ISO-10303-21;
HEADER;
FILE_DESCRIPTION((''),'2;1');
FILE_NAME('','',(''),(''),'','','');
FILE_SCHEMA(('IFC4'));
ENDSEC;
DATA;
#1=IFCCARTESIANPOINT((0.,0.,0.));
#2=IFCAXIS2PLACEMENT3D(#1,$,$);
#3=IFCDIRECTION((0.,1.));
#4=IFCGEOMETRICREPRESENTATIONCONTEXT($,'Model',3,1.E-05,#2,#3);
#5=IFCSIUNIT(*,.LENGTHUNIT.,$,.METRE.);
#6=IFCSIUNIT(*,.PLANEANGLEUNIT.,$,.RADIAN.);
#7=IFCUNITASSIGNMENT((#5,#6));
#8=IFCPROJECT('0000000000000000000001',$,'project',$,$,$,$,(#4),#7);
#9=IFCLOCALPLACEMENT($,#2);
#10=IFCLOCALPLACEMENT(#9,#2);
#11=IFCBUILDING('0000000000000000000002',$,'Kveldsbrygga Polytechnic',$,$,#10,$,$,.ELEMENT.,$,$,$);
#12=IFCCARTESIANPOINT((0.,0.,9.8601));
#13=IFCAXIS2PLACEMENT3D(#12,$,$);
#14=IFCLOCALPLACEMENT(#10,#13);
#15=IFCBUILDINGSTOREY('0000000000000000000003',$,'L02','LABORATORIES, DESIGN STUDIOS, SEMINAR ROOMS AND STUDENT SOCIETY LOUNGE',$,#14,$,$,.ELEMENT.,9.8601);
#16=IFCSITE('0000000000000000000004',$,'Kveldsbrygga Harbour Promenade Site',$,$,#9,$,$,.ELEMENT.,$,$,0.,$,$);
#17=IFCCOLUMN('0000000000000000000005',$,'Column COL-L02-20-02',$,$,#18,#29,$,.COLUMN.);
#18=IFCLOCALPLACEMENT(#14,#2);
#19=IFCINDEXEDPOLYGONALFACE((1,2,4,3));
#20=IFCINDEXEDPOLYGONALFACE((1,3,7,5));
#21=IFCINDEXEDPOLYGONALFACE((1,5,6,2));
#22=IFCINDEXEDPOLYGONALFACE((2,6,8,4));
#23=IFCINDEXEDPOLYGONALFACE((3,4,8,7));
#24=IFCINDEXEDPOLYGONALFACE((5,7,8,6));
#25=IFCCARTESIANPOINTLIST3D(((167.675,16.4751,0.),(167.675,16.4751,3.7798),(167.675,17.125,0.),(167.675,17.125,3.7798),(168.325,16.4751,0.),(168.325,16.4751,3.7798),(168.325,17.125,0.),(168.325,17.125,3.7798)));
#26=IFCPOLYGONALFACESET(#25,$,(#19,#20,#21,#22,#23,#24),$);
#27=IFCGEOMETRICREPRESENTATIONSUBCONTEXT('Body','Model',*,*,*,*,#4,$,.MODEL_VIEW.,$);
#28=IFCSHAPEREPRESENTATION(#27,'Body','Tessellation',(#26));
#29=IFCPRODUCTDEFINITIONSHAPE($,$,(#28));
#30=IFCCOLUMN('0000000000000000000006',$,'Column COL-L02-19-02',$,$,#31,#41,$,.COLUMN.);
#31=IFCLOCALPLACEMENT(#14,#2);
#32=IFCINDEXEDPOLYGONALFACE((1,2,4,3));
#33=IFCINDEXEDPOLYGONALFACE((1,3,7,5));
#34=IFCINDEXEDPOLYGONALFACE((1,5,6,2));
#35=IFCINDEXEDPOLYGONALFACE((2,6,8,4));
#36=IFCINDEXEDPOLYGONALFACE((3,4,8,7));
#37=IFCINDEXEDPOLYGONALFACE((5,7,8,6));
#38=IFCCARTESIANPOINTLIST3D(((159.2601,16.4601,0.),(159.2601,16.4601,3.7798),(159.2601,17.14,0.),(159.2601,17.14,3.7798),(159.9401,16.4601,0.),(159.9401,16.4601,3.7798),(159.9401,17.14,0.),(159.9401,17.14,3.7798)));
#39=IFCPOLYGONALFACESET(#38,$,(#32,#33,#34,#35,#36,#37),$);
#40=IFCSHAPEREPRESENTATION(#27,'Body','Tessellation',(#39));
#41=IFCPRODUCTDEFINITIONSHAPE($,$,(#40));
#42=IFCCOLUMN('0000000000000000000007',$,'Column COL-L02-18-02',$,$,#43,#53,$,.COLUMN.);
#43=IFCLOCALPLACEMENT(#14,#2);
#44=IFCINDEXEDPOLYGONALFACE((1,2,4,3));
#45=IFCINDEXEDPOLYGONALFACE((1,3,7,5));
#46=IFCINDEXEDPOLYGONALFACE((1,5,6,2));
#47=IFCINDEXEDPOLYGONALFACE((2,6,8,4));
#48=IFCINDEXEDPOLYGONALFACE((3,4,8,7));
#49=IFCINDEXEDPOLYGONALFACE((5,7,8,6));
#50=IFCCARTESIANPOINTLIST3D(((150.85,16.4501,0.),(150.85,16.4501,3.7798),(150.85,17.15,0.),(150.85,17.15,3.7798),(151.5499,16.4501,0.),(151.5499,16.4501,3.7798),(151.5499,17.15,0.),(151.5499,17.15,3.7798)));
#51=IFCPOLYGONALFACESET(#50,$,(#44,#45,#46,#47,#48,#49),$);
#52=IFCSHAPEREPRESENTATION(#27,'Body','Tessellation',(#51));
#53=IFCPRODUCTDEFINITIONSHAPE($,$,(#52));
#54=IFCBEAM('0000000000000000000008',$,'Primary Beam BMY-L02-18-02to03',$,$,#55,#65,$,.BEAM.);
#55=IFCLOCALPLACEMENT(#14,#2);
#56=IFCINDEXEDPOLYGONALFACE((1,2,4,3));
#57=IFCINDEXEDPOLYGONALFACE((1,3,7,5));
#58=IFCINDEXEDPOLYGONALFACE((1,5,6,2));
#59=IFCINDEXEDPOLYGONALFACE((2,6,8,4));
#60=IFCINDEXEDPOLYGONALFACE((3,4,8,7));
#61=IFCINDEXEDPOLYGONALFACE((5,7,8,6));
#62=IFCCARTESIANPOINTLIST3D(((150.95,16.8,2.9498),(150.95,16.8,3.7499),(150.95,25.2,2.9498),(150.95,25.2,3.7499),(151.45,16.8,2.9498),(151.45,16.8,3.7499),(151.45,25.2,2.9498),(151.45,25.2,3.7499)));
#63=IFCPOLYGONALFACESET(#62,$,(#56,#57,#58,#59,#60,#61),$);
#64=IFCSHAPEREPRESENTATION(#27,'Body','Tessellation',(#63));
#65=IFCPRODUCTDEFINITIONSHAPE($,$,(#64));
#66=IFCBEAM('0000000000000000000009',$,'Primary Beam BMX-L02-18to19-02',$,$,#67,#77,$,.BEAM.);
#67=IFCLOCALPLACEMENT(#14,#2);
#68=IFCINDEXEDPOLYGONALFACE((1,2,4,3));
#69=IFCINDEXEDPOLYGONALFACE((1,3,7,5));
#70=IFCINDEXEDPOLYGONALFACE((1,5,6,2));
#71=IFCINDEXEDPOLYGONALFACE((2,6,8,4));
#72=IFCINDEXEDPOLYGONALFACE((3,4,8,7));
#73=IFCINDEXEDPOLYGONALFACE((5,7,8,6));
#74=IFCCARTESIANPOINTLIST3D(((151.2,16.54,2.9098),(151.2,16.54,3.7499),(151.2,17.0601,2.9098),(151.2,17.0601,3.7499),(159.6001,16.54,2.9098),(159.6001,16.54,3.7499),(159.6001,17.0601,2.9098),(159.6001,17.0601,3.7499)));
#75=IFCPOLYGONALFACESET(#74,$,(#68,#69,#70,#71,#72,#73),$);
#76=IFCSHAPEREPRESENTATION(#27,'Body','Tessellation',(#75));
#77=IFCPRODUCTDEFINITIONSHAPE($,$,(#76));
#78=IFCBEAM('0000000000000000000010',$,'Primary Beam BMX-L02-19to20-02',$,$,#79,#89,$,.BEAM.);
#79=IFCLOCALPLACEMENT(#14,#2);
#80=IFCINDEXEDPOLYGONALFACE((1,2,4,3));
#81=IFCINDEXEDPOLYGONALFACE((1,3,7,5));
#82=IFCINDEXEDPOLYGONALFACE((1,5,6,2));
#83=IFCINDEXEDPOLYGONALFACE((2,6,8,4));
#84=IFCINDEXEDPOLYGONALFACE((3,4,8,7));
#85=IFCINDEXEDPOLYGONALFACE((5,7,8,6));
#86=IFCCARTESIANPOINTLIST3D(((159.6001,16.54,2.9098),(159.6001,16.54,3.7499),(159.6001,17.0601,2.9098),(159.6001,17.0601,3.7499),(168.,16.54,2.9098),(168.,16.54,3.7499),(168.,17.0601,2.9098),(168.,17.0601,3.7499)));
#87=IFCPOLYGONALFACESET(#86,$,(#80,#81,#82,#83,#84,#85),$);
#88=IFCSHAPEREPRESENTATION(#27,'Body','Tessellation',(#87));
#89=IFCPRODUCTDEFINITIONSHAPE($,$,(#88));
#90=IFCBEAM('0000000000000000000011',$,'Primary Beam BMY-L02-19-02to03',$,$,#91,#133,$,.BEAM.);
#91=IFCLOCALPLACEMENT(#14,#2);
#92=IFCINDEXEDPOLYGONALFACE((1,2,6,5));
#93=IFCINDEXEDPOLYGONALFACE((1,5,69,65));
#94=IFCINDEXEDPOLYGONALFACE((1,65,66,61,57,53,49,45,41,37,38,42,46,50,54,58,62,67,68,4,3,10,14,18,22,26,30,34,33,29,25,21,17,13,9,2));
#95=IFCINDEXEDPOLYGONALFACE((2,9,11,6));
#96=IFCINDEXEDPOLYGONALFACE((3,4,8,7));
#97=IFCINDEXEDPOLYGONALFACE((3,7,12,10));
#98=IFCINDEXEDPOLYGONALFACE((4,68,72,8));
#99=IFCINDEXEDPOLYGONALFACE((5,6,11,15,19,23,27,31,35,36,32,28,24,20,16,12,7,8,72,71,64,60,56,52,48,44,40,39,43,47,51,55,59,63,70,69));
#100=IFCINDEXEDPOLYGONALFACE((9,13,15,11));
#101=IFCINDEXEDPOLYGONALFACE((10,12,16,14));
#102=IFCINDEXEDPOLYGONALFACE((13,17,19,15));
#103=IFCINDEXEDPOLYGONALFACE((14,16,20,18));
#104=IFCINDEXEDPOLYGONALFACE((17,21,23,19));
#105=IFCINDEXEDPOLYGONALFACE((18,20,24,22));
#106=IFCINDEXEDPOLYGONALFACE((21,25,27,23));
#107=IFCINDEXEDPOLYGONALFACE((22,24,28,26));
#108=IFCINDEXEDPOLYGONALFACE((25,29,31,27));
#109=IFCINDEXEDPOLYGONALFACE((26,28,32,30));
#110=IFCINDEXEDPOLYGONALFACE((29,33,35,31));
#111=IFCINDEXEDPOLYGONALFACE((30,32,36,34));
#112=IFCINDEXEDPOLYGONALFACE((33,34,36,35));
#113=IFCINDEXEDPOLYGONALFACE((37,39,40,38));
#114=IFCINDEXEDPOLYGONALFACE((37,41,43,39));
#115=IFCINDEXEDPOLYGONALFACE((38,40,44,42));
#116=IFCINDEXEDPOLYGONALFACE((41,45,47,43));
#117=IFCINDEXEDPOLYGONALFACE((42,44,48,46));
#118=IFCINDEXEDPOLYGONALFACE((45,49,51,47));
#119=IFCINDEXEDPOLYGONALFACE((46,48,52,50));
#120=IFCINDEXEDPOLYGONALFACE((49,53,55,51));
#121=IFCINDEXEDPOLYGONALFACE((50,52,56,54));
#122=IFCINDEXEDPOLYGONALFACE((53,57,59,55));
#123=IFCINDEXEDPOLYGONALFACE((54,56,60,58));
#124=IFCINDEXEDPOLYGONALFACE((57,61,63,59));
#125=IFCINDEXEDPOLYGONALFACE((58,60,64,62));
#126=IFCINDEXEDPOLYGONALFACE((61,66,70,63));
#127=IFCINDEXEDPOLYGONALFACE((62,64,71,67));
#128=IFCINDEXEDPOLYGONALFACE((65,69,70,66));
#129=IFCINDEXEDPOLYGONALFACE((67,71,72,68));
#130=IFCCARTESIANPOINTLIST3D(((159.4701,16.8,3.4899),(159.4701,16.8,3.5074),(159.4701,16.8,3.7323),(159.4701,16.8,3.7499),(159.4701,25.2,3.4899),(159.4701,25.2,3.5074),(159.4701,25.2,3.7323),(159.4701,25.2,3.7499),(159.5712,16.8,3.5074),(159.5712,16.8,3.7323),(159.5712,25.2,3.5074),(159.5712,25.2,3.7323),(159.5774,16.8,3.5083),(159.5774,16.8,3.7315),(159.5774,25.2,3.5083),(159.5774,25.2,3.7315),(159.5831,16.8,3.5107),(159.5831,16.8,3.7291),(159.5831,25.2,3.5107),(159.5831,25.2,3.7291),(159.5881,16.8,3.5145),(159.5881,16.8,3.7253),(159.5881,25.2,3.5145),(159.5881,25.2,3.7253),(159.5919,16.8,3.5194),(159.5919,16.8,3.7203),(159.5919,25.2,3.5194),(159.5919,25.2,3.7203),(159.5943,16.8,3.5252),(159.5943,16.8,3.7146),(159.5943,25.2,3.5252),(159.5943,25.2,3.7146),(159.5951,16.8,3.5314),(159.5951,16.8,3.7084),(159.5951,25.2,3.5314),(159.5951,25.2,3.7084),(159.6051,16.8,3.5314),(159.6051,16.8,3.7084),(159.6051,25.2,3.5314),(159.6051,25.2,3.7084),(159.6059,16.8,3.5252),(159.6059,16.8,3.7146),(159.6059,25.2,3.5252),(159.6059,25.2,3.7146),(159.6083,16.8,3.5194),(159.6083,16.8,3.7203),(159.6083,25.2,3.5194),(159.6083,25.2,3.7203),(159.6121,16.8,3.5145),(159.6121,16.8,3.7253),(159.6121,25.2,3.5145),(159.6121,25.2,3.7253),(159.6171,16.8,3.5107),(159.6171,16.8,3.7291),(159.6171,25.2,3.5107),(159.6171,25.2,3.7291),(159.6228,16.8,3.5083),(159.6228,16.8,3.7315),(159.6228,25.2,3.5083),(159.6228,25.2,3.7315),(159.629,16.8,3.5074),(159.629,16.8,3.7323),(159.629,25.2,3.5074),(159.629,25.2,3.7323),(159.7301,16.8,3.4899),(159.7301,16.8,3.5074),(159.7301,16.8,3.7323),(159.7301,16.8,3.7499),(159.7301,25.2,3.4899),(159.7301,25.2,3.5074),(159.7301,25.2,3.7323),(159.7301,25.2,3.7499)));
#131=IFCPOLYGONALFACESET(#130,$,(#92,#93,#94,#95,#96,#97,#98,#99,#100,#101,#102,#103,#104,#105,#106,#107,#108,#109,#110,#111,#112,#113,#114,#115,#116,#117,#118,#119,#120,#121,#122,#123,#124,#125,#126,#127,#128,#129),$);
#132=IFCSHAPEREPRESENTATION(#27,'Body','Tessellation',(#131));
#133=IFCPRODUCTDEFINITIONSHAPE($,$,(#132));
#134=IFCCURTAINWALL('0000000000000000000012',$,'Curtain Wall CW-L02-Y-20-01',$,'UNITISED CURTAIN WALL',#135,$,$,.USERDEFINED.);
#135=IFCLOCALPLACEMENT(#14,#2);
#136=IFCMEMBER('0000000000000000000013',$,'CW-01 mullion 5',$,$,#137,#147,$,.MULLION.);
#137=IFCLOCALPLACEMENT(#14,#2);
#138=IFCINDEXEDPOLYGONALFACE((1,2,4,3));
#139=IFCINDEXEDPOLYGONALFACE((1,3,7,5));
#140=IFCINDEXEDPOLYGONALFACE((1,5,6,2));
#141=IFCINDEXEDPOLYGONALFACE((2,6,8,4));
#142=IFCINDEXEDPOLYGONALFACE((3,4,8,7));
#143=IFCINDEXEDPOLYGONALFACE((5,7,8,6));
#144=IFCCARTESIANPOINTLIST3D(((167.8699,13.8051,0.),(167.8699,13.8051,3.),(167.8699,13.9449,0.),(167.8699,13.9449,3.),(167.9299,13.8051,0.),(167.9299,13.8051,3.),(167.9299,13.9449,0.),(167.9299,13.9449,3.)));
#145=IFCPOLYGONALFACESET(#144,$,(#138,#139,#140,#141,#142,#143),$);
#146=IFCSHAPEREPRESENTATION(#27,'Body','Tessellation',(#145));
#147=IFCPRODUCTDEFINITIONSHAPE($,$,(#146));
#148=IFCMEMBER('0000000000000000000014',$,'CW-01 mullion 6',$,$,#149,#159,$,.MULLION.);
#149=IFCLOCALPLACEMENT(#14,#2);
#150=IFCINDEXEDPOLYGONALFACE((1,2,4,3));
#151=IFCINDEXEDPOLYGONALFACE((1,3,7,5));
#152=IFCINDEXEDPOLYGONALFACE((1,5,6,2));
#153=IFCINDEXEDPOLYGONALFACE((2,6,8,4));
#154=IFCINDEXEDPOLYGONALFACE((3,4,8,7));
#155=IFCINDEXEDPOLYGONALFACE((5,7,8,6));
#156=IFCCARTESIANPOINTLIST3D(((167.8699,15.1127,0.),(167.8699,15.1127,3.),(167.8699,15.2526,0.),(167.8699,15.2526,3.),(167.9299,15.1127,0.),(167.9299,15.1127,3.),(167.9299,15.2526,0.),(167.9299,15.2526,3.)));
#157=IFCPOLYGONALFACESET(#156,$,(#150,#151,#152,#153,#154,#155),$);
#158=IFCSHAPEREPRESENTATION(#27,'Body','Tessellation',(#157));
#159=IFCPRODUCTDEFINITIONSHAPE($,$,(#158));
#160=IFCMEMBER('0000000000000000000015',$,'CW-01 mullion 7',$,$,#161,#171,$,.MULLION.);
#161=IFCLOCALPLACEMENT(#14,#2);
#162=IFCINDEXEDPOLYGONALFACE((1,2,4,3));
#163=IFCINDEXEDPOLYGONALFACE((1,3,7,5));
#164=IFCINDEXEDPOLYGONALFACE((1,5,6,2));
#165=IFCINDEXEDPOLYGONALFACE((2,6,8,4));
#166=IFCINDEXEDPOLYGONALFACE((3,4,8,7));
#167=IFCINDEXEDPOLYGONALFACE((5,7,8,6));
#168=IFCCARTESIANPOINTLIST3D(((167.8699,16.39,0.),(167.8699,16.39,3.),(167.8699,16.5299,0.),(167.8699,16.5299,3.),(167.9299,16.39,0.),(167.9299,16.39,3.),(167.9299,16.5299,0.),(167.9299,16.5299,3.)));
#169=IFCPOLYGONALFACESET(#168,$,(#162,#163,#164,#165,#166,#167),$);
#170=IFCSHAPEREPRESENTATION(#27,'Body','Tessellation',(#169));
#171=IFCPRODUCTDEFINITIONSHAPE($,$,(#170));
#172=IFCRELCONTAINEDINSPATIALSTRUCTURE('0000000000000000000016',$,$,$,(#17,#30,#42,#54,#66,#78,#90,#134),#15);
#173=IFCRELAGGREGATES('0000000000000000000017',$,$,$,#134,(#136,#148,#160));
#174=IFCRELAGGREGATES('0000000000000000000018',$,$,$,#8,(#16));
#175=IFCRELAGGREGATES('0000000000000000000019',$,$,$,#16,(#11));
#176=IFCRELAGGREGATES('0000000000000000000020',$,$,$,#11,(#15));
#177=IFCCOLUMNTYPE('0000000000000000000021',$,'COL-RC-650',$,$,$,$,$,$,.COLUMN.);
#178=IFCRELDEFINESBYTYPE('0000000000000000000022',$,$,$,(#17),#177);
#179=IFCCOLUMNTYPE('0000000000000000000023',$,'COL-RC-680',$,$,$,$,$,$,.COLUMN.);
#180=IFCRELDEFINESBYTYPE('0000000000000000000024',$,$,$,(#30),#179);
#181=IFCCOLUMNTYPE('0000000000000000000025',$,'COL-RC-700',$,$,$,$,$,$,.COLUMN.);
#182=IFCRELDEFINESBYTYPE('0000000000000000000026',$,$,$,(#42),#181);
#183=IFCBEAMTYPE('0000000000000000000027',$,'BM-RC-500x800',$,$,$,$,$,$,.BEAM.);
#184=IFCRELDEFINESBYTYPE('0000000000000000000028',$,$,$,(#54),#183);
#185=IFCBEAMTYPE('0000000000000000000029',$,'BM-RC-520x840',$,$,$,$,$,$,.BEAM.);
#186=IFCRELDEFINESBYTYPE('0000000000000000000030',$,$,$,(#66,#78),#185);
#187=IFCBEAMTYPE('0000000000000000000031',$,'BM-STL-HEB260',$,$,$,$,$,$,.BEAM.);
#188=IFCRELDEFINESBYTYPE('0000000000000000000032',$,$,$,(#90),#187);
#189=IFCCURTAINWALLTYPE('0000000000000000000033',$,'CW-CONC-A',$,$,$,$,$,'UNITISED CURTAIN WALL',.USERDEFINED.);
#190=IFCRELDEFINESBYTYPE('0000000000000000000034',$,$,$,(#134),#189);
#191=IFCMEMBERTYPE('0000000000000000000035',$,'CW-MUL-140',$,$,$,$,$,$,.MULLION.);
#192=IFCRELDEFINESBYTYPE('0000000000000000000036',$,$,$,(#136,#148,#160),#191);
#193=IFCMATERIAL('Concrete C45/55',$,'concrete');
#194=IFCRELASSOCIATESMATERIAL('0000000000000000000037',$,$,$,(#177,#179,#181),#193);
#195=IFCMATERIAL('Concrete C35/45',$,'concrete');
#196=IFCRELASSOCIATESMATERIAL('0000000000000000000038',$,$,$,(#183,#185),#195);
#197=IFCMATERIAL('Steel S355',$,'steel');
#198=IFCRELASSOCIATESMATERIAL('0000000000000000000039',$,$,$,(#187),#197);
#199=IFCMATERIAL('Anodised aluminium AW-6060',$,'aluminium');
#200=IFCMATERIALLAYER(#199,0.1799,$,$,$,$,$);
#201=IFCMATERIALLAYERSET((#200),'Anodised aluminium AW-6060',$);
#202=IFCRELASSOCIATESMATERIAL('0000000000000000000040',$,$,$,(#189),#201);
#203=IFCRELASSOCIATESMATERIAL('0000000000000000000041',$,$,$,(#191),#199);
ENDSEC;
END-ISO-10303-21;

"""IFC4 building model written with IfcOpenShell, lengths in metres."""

from ifc_helpers import new_model, si_unit, direction, frame, origin, origin_2d, place, context, subcontext, project, spatial, rectangle, i_section, extrude, material, layer, layer_set, material_profile, profile_set, type_object, element, aggregate, save


model = new_model("IFC4")

# Units and contexts
model_context = context("Model", 3, precision=1e-05, world=origin(), true_north=direction((0.0, 1.0)))
body_context = subcontext(model_context, "Body", "Model", "MODEL_VIEW")
ifc_project = project(units=[si_unit("LENGTHUNIT", "METRE"), si_unit("PLANEANGLEUNIT", "RADIAN")], contexts=[model_context])

# Site, building, storey
site_placement = place(None, origin())
site = spatial("IfcSite", under=ifc_project, at=site_placement, Name="Kveldsbrygga Harbour Promenade Site", CompositionType="ELEMENT", RefElevation=0.0)
building_placement = place(site_placement, origin())
building = spatial("IfcBuilding", under=site, at=building_placement, Name="Kveldsbrygga Polytechnic", CompositionType="ELEMENT")
storey_placement = place(building_placement, frame((0.0, 0.0, 9.8601)))
storey = spatial("IfcBuildingStorey", under=building, at=storey_placement, Name="L02", Description="LABORATORIES, DESIGN STUDIOS, SEMINAR ROOMS AND STUDENT SOCIETY LOUNGE", CompositionType="ELEMENT", Elevation=9.8601)

# Columns
ifc_material_1 = material(Name="Concrete C45/55", Category="concrete")
ifc_material_profile_1 = material_profile(ifc_material_1, rectangle(XDim=0.6499, YDim=0.6499, at=origin_2d()), Name="RC 650x650")
ifc_profile_set_1 = profile_set([ifc_material_profile_1], Name="Concrete C45/55")
column_type_1 = type_object("IfcColumnType", Name="COL-RC-650", PredefinedType="COLUMN", material=ifc_profile_set_1)
column_1_placement = place(storey_placement, frame((168.0, 16.8, 0.0), z_axis=(0.0, 0.0, 1.0), x_axis=(1.0, 0.0, 0.0)))
element("IfcColumn", 1, at=column_1_placement, inside=storey, type_object=column_type_1, Name="Column COL-L02-20-02", PredefinedType="COLUMN", context=body_context, shape_type="SweptSolid", body=[
    extrude(rectangle(XDim=0.6499, YDim=0.6499, at=origin_2d()), origin(), (0.0, 0.0, 1.0), 3.7798),
])
ifc_material_profile_2 = material_profile(ifc_material_1, rectangle(XDim=0.6799, YDim=0.6799, at=origin_2d()), Name="RC 680x680")
ifc_profile_set_2 = profile_set([ifc_material_profile_2], Name="Concrete C45/55")
column_type_2 = type_object("IfcColumnType", Name="COL-RC-680", PredefinedType="COLUMN", material=ifc_profile_set_2)
column_2_placement = place(storey_placement, frame((159.6001, 16.8, 0.0), z_axis=(0.0, 0.0, 1.0), x_axis=(1.0, 0.0, 0.0)))
element("IfcColumn", 2, at=column_2_placement, inside=storey, type_object=column_type_2, Name="Column COL-L02-19-02", PredefinedType="COLUMN", context=body_context, shape_type="SweptSolid", body=[
    extrude(rectangle(XDim=0.6799, YDim=0.6799, at=origin_2d()), origin(), (0.0, 0.0, 1.0), 3.7798),
])
ifc_material_profile_3 = material_profile(ifc_material_1, rectangle(XDim=0.7, YDim=0.7, at=origin_2d()), Name="RC 700x700")
ifc_profile_set_3 = profile_set([ifc_material_profile_3], Name="Concrete C45/55")
column_type_3 = type_object("IfcColumnType", Name="COL-RC-700", PredefinedType="COLUMN", material=ifc_profile_set_3)
column_3_placement = place(storey_placement, frame((151.2, 16.8, 0.0), z_axis=(0.0, 0.0, 1.0), x_axis=(1.0, 0.0, 0.0)))
element("IfcColumn", 3, at=column_3_placement, inside=storey, type_object=column_type_3, Name="Column COL-L02-18-02", PredefinedType="COLUMN", context=body_context, shape_type="SweptSolid", body=[
    extrude(rectangle(XDim=0.7, YDim=0.7, at=origin_2d()), origin(), (0.0, 0.0, 1.0), 3.7798),
])

# Beams
ifc_material_2 = material(Name="Concrete C35/45", Category="concrete")
ifc_material_profile_4 = material_profile(ifc_material_2, rectangle(XDim=0.5, YDim=0.8, at=origin_2d()), Name="RC 500x800")
ifc_profile_set_4 = profile_set([ifc_material_profile_4], Name="Concrete C35/45")
beam_type_1 = type_object("IfcBeamType", Name="BM-RC-500x800", PredefinedType="BEAM", material=ifc_profile_set_4)
beam_1_placement = place(storey_placement, frame((151.2, 16.8, 3.3499), z_axis=(0.0, 1.0, 0.0), x_axis=(-1.0, 0.0, 0.0)))
element("IfcBeam", 4, at=beam_1_placement, inside=storey, type_object=beam_type_1, Name="Primary Beam BMY-L02-18-02to03", PredefinedType="BEAM", context=body_context, shape_type="SweptSolid", body=[
    extrude(rectangle(XDim=0.5, YDim=0.8, at=origin_2d()), origin(), (0.0, 0.0, 1.0), 8.3999),
])
ifc_material_profile_5 = material_profile(ifc_material_2, rectangle(XDim=0.52, YDim=0.8401, at=origin_2d()), Name="RC 520x840")
ifc_profile_set_5 = profile_set([ifc_material_profile_5], Name="Concrete C35/45")
beam_type_2 = type_object("IfcBeamType", Name="BM-RC-520x840", PredefinedType="BEAM", material=ifc_profile_set_5)
beam_2_placement = place(storey_placement, frame((151.2, 16.8, 3.3298), z_axis=(1.0, 0.0, 0.0), x_axis=(0.0, 1.0, 0.0)))
element("IfcBeam", 5, at=beam_2_placement, inside=storey, type_object=beam_type_2, Name="Primary Beam BMX-L02-18to19-02", PredefinedType="BEAM", context=body_context, shape_type="SweptSolid", body=[
    extrude(rectangle(XDim=0.52, YDim=0.8401, at=origin_2d()), origin(), (0.0, 0.0, 1.0), 8.4001),
])
beam_3_placement = place(storey_placement, frame((159.6001, 16.8, 3.3298), z_axis=(1.0, 0.0, 0.0), x_axis=(0.0, 1.0, 0.0)))
element("IfcBeam", 6, at=beam_3_placement, inside=storey, type_object=beam_type_2, Name="Primary Beam BMX-L02-19to20-02", PredefinedType="BEAM", context=body_context, shape_type="SweptSolid", body=[
    extrude(rectangle(XDim=0.52, YDim=0.8401, at=origin_2d()), origin(), (0.0, 0.0, 1.0), 8.3999),
])
ifc_material_3 = material(Name="Steel S355", Category="steel")
ifc_material_profile_6 = material_profile(ifc_material_3, i_section(OverallWidth=0.26, OverallDepth=0.26, WebThickness=0.01, FlangeThickness=0.0176, FilletRadius=0.0239, at=origin_2d()), Name="HEB 260")
ifc_profile_set_6 = profile_set([ifc_material_profile_6], Name="Steel S355")
beam_type_3 = type_object("IfcBeamType", Name="BM-STL-HEB260", PredefinedType="BEAM", material=ifc_profile_set_6)
beam_4_placement = place(storey_placement, frame((159.6001, 16.8, 3.6199), z_axis=(0.0, 1.0, 0.0), x_axis=(-1.0, 0.0, 0.0)))
element("IfcBeam", 7, at=beam_4_placement, inside=storey, type_object=beam_type_3, Name="Primary Beam BMY-L02-19-02to03", PredefinedType="BEAM", context=body_context, shape_type="SweptSolid", body=[
    extrude(i_section(OverallWidth=0.26, OverallDepth=0.26, WebThickness=0.01, FlangeThickness=0.0176, FilletRadius=0.0239, at=origin_2d()), origin(), (0.0, 0.0, 1.0), 8.3999),
])

# Curtain wall, members
ifc_material_4 = material(Name="Anodised aluminium AW-6060", Category="aluminium")
ifc_layer_1 = layer(ifc_material_4, 0.1799)
ifc_layer_set_1 = layer_set([ifc_layer_1], Name="Anodised aluminium AW-6060")
curtain_wall_type = type_object("IfcCurtainWallType", Name="CW-CONC-A", ElementType="UNITISED CURTAIN WALL", PredefinedType="USERDEFINED", material=ifc_layer_set_1)
curtain_wall_placement = place(storey_placement, origin())
curtain_wall = element("IfcCurtainWall", 8, at=curtain_wall_placement, inside=storey, type_object=curtain_wall_type, Name="Curtain Wall CW-L02-Y-20-01", ObjectType="UNITISED CURTAIN WALL", PredefinedType="USERDEFINED")
ifc_material_profile_7 = material_profile(ifc_material_4, rectangle(XDim=0.0601, YDim=0.1399, at=origin_2d()), Name="ALU 60x140")
ifc_profile_set_7 = profile_set([ifc_material_profile_7], Name="Anodised aluminium AW-6060")
member_type_1 = type_object("IfcMemberType", Name="CW-MUL-140", PredefinedType="MULLION", material=ifc_profile_set_7)
member_1_placement = place(storey_placement, frame((167.8999, 13.875, 0.0), z_axis=(0.0, 0.0, 1.0), x_axis=(-1.0, 0.0, 0.0)))
member_1 = element("IfcMember", 9, at=member_1_placement, type_object=member_type_1, Name="CW-01 mullion 5", PredefinedType="MULLION", context=body_context, shape_type="SweptSolid", body=[
    extrude(rectangle(XDim=0.0601, YDim=0.1399, at=origin_2d()), origin(), (0.0, 0.0, 1.0), 3.0),
])
member_2_placement = place(storey_placement, frame((167.8999, 15.1826, 0.0), z_axis=(0.0, 0.0, 1.0), x_axis=(-1.0, 0.0, 0.0)))
member_2 = element("IfcMember", 10, at=member_2_placement, type_object=member_type_1, Name="CW-01 mullion 6", PredefinedType="MULLION", context=body_context, shape_type="SweptSolid", body=[
    extrude(rectangle(XDim=0.0601, YDim=0.1399, at=origin_2d()), origin(), (0.0, 0.0, 1.0), 3.0),
])
member_3_placement = place(storey_placement, frame((167.8999, 16.46, 0.0), z_axis=(0.0, 0.0, 1.0), x_axis=(-1.0, 0.0, 0.0)))
member_3 = element("IfcMember", 11, at=member_3_placement, type_object=member_type_1, Name="CW-01 mullion 7", PredefinedType="MULLION", context=body_context, shape_type="SweptSolid", body=[
    extrude(rectangle(XDim=0.0601, YDim=0.1399, at=origin_2d()), origin(), (0.0, 0.0, 1.0), 3.0),
])

aggregate(curtain_wall, [member_1, member_2, member_3])

save(model, "model.ifc")
